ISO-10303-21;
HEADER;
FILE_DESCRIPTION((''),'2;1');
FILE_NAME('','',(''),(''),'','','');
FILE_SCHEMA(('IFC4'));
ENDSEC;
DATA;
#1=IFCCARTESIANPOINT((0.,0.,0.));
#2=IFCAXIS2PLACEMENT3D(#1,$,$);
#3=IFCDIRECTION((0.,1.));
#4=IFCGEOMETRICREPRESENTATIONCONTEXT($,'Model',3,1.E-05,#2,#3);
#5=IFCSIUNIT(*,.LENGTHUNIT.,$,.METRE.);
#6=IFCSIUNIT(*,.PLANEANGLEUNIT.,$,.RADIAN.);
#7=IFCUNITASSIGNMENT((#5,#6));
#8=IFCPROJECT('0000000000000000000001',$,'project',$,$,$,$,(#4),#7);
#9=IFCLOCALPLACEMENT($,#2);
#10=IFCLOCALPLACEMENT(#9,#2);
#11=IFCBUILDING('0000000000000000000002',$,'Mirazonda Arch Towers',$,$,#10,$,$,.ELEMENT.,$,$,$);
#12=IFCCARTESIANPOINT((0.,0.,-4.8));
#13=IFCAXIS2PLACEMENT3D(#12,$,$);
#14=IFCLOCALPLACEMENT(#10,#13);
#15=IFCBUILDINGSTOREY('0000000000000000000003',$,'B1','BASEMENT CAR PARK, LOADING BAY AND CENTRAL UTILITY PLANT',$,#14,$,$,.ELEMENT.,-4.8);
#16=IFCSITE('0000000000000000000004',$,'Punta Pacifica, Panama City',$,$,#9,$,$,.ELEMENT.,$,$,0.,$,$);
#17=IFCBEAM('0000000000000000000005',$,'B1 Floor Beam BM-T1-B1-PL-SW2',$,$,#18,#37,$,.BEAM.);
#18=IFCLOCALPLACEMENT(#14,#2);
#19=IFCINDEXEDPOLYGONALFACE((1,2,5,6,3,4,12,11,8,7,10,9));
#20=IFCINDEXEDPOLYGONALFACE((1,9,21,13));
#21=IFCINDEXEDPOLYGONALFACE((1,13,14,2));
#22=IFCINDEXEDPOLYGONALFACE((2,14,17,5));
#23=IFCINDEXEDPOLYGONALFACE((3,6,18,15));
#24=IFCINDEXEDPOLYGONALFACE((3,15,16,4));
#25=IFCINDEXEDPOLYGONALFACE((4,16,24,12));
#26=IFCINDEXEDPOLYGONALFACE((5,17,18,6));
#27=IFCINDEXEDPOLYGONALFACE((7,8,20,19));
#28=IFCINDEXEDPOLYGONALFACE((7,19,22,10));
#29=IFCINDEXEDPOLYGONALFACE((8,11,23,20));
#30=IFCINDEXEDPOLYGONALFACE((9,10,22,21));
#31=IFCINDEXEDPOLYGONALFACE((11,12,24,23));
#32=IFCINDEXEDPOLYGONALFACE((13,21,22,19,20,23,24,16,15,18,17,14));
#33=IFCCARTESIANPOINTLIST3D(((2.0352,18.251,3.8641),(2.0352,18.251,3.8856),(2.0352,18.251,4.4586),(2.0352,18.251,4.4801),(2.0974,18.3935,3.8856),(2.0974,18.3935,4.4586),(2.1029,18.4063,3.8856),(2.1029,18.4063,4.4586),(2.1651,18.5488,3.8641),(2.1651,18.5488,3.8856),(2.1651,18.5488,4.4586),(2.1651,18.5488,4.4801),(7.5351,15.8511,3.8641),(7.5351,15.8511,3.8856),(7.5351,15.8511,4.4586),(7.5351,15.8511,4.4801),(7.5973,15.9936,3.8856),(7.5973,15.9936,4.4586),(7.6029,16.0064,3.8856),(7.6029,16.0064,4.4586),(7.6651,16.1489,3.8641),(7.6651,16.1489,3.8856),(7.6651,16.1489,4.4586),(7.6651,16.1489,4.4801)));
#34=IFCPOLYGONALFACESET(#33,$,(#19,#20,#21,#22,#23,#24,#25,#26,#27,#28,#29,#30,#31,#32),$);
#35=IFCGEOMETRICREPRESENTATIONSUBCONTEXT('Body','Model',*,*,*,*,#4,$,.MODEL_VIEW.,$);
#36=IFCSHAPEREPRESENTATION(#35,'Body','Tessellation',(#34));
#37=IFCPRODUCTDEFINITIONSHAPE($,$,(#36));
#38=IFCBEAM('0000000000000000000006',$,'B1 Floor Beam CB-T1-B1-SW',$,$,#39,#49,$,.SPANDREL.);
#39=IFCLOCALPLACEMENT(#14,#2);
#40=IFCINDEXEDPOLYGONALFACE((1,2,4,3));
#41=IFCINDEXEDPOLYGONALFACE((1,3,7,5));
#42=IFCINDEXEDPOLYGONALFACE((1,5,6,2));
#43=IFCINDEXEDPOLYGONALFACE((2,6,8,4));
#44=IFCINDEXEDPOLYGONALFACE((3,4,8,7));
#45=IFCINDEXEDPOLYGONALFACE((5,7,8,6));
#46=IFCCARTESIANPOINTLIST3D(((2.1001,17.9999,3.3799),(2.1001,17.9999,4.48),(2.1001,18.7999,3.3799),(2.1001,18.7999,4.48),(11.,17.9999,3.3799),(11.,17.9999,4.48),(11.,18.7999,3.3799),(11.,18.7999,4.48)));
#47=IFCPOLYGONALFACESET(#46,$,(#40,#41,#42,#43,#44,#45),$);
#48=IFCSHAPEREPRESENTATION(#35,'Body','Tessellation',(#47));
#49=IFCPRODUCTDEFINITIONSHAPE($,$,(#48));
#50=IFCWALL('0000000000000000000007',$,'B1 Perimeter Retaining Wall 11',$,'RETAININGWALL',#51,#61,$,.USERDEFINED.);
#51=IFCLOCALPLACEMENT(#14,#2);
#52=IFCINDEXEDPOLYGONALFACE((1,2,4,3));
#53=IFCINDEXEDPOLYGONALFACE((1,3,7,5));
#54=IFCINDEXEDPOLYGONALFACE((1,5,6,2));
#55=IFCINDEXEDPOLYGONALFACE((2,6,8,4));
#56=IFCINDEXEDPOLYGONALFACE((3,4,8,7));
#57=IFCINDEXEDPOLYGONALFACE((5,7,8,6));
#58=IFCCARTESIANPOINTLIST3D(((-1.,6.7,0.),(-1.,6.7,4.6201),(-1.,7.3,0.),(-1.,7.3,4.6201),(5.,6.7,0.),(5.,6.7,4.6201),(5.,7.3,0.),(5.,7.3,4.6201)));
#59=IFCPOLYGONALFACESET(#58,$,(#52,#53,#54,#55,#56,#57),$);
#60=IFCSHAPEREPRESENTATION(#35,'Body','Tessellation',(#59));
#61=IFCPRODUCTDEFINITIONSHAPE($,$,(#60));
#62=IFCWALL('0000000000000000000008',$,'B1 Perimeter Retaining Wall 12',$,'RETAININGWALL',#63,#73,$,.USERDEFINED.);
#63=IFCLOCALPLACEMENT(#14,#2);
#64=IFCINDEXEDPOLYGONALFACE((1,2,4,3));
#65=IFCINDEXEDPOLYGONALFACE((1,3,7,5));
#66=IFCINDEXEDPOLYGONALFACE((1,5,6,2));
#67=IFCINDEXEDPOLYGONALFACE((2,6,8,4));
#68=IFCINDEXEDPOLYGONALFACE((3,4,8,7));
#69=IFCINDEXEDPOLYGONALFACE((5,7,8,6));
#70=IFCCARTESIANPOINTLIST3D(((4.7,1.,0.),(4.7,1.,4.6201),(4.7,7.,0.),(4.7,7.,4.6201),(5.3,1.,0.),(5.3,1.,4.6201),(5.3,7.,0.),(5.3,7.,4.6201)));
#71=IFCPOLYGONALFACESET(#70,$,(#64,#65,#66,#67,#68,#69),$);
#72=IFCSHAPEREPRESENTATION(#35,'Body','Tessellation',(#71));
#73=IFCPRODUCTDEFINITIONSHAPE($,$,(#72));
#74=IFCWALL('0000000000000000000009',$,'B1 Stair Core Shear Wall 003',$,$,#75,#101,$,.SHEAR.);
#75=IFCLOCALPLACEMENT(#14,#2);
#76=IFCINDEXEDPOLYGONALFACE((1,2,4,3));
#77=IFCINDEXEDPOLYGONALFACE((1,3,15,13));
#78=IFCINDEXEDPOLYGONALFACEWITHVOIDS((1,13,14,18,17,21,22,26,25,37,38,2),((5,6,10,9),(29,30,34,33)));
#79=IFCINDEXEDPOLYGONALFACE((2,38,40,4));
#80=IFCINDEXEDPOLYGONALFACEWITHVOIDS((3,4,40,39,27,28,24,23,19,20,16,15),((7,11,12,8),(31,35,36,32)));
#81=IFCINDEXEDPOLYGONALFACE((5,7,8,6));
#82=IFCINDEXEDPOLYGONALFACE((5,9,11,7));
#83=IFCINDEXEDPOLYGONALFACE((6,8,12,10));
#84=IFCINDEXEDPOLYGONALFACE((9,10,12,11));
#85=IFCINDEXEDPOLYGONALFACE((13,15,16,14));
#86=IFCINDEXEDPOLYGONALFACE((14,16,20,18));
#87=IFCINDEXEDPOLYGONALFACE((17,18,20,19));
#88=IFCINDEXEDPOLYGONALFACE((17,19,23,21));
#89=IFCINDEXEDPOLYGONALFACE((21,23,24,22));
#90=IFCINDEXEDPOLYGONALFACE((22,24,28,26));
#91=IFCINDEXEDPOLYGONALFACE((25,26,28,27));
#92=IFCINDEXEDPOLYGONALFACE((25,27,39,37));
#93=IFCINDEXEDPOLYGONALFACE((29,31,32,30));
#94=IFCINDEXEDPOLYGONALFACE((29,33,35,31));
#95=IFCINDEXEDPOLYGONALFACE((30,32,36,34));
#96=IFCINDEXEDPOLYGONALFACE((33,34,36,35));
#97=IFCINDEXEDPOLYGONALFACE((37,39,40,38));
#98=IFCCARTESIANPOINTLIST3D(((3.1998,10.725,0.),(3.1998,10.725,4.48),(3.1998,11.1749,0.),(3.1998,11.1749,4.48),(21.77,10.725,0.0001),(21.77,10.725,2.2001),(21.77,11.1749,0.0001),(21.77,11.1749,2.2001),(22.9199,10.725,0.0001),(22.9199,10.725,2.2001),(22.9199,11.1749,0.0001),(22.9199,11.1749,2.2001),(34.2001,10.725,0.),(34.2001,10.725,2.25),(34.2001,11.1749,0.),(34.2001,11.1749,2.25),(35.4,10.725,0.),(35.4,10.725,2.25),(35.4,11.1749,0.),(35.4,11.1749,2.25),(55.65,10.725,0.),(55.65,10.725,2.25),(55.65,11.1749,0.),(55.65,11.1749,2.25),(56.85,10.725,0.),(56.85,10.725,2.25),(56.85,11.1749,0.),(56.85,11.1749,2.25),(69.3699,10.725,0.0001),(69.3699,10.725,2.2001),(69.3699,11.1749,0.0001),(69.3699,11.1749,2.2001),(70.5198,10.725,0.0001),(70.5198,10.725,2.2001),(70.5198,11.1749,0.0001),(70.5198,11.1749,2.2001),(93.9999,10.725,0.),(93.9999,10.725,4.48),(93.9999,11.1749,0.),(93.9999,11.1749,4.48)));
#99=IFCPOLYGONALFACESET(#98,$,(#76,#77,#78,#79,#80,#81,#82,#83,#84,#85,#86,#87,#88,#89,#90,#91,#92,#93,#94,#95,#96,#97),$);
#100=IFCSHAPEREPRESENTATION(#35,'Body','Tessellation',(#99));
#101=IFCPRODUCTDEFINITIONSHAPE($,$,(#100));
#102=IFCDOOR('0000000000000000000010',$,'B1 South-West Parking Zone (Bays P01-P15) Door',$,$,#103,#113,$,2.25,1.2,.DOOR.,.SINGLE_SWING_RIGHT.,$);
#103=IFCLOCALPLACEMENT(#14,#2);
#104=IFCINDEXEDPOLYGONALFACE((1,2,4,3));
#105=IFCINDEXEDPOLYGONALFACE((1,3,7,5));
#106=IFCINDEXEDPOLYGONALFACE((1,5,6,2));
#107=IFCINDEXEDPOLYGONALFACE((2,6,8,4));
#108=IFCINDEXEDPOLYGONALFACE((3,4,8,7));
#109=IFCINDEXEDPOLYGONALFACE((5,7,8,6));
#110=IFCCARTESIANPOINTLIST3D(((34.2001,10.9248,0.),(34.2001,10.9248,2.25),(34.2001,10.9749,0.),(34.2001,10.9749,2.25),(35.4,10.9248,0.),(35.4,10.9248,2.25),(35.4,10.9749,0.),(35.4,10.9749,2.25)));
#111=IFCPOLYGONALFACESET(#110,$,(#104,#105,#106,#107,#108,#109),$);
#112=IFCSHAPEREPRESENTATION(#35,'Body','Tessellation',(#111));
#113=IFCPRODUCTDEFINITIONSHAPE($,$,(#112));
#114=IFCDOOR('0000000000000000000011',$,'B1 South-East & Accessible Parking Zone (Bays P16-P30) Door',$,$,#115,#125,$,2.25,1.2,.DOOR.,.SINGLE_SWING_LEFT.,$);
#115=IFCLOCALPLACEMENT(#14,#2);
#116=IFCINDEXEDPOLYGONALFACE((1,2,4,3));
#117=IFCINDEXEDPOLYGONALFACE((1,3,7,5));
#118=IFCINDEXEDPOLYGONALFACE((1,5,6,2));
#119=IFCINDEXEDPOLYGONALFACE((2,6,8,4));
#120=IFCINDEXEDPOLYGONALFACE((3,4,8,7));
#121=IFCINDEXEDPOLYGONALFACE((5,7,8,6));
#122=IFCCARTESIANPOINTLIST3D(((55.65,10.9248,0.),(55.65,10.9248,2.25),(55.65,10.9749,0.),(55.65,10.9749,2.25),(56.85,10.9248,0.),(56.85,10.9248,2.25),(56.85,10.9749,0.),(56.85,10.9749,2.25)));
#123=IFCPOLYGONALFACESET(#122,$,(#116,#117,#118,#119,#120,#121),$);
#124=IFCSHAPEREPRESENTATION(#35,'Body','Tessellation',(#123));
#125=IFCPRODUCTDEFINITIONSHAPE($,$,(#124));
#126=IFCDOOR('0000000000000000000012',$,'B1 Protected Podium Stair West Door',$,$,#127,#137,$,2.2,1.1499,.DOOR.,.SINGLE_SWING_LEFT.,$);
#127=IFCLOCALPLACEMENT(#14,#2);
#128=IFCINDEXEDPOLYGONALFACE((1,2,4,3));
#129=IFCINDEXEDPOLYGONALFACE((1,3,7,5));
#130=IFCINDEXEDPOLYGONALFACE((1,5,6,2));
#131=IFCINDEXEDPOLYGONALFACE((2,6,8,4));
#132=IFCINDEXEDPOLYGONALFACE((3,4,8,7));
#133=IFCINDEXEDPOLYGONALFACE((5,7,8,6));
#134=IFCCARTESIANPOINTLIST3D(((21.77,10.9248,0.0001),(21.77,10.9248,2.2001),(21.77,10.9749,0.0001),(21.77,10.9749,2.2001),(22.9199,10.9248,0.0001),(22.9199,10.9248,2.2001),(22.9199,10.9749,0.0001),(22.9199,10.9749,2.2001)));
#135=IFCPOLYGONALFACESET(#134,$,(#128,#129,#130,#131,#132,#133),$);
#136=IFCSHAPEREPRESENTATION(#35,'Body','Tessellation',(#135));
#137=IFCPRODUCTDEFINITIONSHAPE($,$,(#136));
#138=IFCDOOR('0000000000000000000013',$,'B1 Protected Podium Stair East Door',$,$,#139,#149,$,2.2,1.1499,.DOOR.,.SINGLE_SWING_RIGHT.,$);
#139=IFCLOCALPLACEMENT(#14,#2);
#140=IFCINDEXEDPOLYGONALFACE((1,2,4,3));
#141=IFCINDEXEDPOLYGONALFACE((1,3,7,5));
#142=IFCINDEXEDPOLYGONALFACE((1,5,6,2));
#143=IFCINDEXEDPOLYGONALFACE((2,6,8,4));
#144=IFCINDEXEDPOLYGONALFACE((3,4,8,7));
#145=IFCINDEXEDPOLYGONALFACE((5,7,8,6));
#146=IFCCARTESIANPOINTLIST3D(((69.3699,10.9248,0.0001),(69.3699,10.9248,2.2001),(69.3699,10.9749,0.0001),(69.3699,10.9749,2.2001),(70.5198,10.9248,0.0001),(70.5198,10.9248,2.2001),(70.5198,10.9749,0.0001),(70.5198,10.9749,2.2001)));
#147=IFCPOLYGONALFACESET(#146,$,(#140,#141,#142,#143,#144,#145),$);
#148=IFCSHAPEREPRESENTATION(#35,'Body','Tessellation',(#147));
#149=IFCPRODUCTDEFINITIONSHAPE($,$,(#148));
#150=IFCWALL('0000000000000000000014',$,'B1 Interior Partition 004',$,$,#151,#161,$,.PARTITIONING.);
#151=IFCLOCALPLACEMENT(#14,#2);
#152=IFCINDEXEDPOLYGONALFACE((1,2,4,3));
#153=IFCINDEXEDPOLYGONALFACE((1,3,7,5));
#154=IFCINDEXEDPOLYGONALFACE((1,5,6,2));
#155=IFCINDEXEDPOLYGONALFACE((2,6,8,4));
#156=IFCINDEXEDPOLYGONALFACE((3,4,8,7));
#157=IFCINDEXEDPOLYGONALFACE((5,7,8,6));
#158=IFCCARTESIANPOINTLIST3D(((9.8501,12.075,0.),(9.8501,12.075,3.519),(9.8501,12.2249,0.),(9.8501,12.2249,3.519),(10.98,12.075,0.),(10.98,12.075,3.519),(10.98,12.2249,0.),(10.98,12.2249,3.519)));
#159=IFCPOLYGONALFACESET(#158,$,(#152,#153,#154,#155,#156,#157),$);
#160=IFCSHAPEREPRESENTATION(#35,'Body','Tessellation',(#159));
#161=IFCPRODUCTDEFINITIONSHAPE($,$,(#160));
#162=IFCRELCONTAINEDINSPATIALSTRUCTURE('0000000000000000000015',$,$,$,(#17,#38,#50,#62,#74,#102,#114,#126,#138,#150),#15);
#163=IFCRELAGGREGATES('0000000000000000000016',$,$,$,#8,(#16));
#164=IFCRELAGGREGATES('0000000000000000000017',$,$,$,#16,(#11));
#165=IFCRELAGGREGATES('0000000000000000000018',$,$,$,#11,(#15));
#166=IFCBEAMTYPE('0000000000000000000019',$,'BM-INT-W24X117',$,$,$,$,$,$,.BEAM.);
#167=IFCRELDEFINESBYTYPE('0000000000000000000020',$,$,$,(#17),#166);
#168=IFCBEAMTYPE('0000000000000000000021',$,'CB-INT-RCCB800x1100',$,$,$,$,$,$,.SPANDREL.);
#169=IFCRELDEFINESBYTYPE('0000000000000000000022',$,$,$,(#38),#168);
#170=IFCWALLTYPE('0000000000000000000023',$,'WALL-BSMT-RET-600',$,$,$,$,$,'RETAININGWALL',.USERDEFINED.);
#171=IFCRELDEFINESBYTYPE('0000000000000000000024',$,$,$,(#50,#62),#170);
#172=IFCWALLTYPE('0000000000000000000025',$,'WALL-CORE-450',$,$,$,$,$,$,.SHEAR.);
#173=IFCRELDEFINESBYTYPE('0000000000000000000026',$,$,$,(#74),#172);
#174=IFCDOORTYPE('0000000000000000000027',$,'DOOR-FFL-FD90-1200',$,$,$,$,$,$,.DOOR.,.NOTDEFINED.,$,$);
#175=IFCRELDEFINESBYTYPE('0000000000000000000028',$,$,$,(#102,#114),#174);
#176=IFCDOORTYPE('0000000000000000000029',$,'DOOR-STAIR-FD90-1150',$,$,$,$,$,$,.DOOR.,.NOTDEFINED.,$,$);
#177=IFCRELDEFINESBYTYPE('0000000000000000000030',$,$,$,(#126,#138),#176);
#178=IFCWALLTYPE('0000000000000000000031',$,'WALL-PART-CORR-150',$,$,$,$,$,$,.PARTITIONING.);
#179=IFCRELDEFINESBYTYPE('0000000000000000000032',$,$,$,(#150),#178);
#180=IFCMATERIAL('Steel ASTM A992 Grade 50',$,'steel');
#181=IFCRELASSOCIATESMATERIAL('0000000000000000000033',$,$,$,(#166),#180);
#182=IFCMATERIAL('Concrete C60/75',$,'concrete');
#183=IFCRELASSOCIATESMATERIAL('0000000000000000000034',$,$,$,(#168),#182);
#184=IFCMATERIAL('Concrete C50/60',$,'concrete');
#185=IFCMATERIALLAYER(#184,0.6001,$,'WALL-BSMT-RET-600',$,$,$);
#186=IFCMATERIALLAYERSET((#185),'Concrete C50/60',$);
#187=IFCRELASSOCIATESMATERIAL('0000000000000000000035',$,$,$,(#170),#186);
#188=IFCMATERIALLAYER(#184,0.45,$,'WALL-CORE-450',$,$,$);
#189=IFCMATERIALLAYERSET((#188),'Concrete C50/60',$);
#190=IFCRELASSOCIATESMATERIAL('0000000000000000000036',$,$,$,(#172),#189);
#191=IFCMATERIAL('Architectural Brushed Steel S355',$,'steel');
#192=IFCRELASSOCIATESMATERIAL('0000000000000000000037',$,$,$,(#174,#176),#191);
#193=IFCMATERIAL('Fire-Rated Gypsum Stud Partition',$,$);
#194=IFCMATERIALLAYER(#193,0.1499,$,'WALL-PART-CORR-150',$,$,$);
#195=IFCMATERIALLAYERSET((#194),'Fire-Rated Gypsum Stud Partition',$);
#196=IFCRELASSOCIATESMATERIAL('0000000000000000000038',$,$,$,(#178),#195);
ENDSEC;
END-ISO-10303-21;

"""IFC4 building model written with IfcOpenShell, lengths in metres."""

from ifc_helpers import new_model, si_unit, direction, frame, frame_2d, origin, origin_2d, place, context, subcontext, project, spatial, rectangle, i_section, extrude, material, layer, layer_set, material_profile, profile_set, type_object, element, fill, save


model = new_model("IFC4")

# Units and contexts
model_context = context("Model", 3, precision=1e-05, world=origin(), true_north=direction((0.0, 1.0)))
body_context = subcontext(model_context, "Body", "Model", "MODEL_VIEW")
ifc_project = project(units=[si_unit("LENGTHUNIT", "METRE"), si_unit("PLANEANGLEUNIT", "RADIAN")], contexts=[model_context])

# Site, building, storey
site_placement = place(None, origin())
site = spatial("IfcSite", under=ifc_project, at=site_placement, Name="Punta Pacifica, Panama City", CompositionType="ELEMENT", RefElevation=0.0)
building_placement = place(site_placement, origin())
building = spatial("IfcBuilding", under=site, at=building_placement, Name="Mirazonda Arch Towers", CompositionType="ELEMENT")
storey_placement = place(building_placement, frame((0.0, 0.0, -4.8)))
storey = spatial("IfcBuildingStorey", under=building, at=storey_placement, Name="B1", Description="BASEMENT CAR PARK, LOADING BAY AND CENTRAL UTILITY PLANT", CompositionType="ELEMENT", Elevation=-4.8)

# Shared definitions
ifc_material_1 = material(Name="Concrete C50/60", Category="concrete")

# Shared definitions
ifc_material_2 = material(Name="Concrete C60/75", Category="concrete")

# Beams
ifc_material_3 = material(Name="Steel ASTM A992 Grade 50", Category="steel")
ifc_material_profile_1 = material_profile(ifc_material_3, i_section(OverallWidth=0.325, OverallDepth=0.616, WebThickness=0.0139, FlangeThickness=0.0215, at=origin_2d()), Name="W24X117")
ifc_profile_set_1 = profile_set([ifc_material_profile_1], Name="Steel ASTM A992 Grade 50")
beam_type_1 = type_object("IfcBeamType", Name="BM-INT-W24X117", PredefinedType="BEAM", material=ifc_profile_set_1)
beam_1_placement = place(storey_placement, frame((7.6001, 16.0, 4.1721), z_axis=(-0.916545, 0.399931, 0.0), x_axis=(-0.399931, -0.916545, 0.0)))
element("IfcBeam", 1, at=beam_1_placement, inside=storey, type_object=beam_type_1, Name="B1 Floor Beam BM-T1-B1-PL-SW2", PredefinedType="BEAM", context=body_context, shape_type="SweptSolid", body=[
    extrude(i_section(OverallWidth=0.325, OverallDepth=0.616, WebThickness=0.0139, FlangeThickness=0.0215, at=origin_2d()), origin(), (0.0, 0.0, 1.0), 6.0007),
])
ifc_material_profile_2 = material_profile(ifc_material_2, rectangle(XDim=0.8, YDim=1.1001, at=origin_2d()), Name="RCCB800x1100")
ifc_profile_set_2 = profile_set([ifc_material_profile_2], Name="Concrete C60/75")
beam_type_2 = type_object("IfcBeamType", Name="CB-INT-RCCB800x1100", PredefinedType="SPANDREL", material=ifc_profile_set_2)
beam_2_placement = place(storey_placement, frame((2.1001, 18.3999, 3.9299), z_axis=(1.0, 0.0, 0.0), x_axis=(0.0, 1.0, 0.0)))
element("IfcBeam", 2, at=beam_2_placement, inside=storey, type_object=beam_type_2, Name="B1 Floor Beam CB-T1-B1-SW", PredefinedType="SPANDREL", context=body_context, shape_type="SweptSolid", body=[
    extrude(rectangle(XDim=0.8, YDim=1.1001, at=origin_2d()), origin(), (0.0, 0.0, 1.0), 8.8999),
])

# Walls
ifc_layer_1 = layer(ifc_material_1, 0.6001, Name="WALL-BSMT-RET-600")
ifc_layer_set_1 = layer_set([ifc_layer_1], Name="Concrete C50/60")
wall_type_1 = type_object("IfcWallType", Name="WALL-BSMT-RET-600", ElementType="RETAININGWALL", PredefinedType="USERDEFINED", material=ifc_layer_set_1)
for number, where, z_axis, x_axis, name in (
    (3, (-1.0, 7.0, 0.0), (0.0, 0.0, 1.0), (1.0, 0.0, 0.0), "B1 Perimeter Retaining Wall 11"),
    (4, (5.0, 7.0, 0.0), (0.0, 0.0, 1.0), (0.0, -1.0, 0.0), "B1 Perimeter Retaining Wall 12"),
):
    element("IfcWall", number, at=place(storey_placement, frame(where, z_axis=z_axis, x_axis=x_axis)), inside=storey, type_object=wall_type_1, Name=name, ObjectType="RETAININGWALL", PredefinedType="USERDEFINED", context=body_context, shape_type="SweptSolid", body=[
        extrude(rectangle(XDim=6.0, YDim=0.6001, at=frame_2d((3.0, 0.0))), origin(), (0.0, 0.0, 1.0), 4.6201),
    ])

# Wall, openings, doors
ifc_layer_2 = layer(ifc_material_1, 0.45, Name="WALL-CORE-450")
ifc_layer_set_2 = layer_set([ifc_layer_2], Name="Concrete C50/60")
wall_type_2 = type_object("IfcWallType", Name="WALL-CORE-450", PredefinedType="SHEAR", material=ifc_layer_set_2)
wall_1_placement = place(storey_placement, frame((3.2, 10.95, 0.0), z_axis=(0.0, 0.0, 1.0), x_axis=(1.0, 0.0, 0.0)))
wall_1 = element("IfcWall", 5, at=wall_1_placement, inside=storey, type_object=wall_type_2, Name="B1 Stair Core Shear Wall 003", PredefinedType="SHEAR", context=body_context, shape_type="SweptSolid", body=[
    extrude(rectangle(XDim=90.8, YDim=0.45, at=frame_2d((45.3999, 0.0))), origin(), (0.0, 0.0, 1.0), 4.48),
])
opening_1_placement = place(wall_1_placement, frame((18.5701, 0.0, 0.0)))
opening_1 = element("IfcOpeningElement", 6, at=opening_1_placement, cuts=wall_1, PredefinedType="OPENING", context=body_context, shape_type="SweptSolid", body=[
    extrude(rectangle(XDim=1.1499, YDim=2.2, at=frame_2d((0.575, 1.1001))), frame((0.0, 0.2349, 0.0), z_axis=(0.0, -1.0, 0.0), x_axis=(1.0, 0.0, 0.0)), (0.0, 0.0, 1.0), 0.47),
])
opening_2_placement = place(wall_1_placement, frame((66.1699, 0.0, 0.0)))
opening_2 = element("IfcOpeningElement", 7, at=opening_2_placement, cuts=wall_1, PredefinedType="OPENING", context=body_context, shape_type="SweptSolid", body=[
    extrude(rectangle(XDim=1.1499, YDim=2.2, at=frame_2d((0.575, 1.1001))), frame((0.0, 0.2349, 0.0), z_axis=(0.0, -1.0, 0.0), x_axis=(1.0, 0.0, 0.0)), (0.0, 0.0, 1.0), 0.47),
])
opening_3_placement = place(wall_1_placement, frame((31.0, 0.0, 0.0)))
opening_3 = element("IfcOpeningElement", 8, at=opening_3_placement, cuts=wall_1, PredefinedType="OPENING", context=body_context, shape_type="SweptSolid", body=[
    extrude(rectangle(XDim=1.2, YDim=2.25, at=frame_2d((0.6001, 1.125))), frame((0.0, 0.2349, 0.0), z_axis=(0.0, -1.0, 0.0), x_axis=(1.0, 0.0, 0.0)), (0.0, 0.0, 1.0), 0.47),
])
opening_4_placement = place(wall_1_placement, frame((52.45, 0.0, 0.0)))
opening_4 = element("IfcOpeningElement", 9, at=opening_4_placement, cuts=wall_1, PredefinedType="OPENING", context=body_context, shape_type="SweptSolid", body=[
    extrude(rectangle(XDim=1.2, YDim=2.25, at=frame_2d((0.6001, 1.125))), frame((0.0, 0.2349, 0.0), z_axis=(0.0, -1.0, 0.0), x_axis=(1.0, 0.0, 0.0)), (0.0, 0.0, 1.0), 0.47),
])
ifc_material_4 = material(Name="Architectural Brushed Steel S355", Category="steel")
door_type_1 = type_object("IfcDoorType", Name="DOOR-FFL-FD90-1200", OperationType="NOTDEFINED", PredefinedType="DOOR", material=ifc_material_4)
door_1_placement = place(opening_3_placement, origin())
door_1 = element("IfcDoor", 10, at=door_1_placement, inside=storey, type_object=door_type_1, Name="B1 South-West Parking Zone (Bays P01-P15) Door", OperationType="SINGLE_SWING_RIGHT", OverallHeight=2.25, OverallWidth=1.2, PredefinedType="DOOR", context=body_context, shape_type="SweptSolid", body=[
    extrude(rectangle(XDim=1.2, YDim=2.25, at=frame_2d((0.6001, 1.125))), frame((0.0, 0.0249, 0.0), z_axis=(0.0, -1.0, 0.0), x_axis=(1.0, 0.0, 0.0)), (0.0, 0.0, 1.0), 0.05),
])
fill(opening_3, door_1)
door_2_placement = place(opening_4_placement, origin())
door_2 = element("IfcDoor", 11, at=door_2_placement, inside=storey, type_object=door_type_1, Name="B1 South-East & Accessible Parking Zone (Bays P16-P30) Door", OperationType="SINGLE_SWING_LEFT", OverallHeight=2.25, OverallWidth=1.2, PredefinedType="DOOR", context=body_context, shape_type="SweptSolid", body=[
    extrude(rectangle(XDim=1.2, YDim=2.25, at=frame_2d((0.6001, 1.125))), frame((0.0, 0.0249, 0.0), z_axis=(0.0, -1.0, 0.0), x_axis=(1.0, 0.0, 0.0)), (0.0, 0.0, 1.0), 0.05),
])
fill(opening_4, door_2)
door_type_2 = type_object("IfcDoorType", Name="DOOR-STAIR-FD90-1150", OperationType="NOTDEFINED", PredefinedType="DOOR", material=ifc_material_4)
door_3_placement = place(opening_1_placement, origin())
door_3 = element("IfcDoor", 12, at=door_3_placement, inside=storey, type_object=door_type_2, Name="B1 Protected Podium Stair West Door", OperationType="SINGLE_SWING_LEFT", OverallHeight=2.2, OverallWidth=1.1499, PredefinedType="DOOR", context=body_context, shape_type="SweptSolid", body=[
    extrude(rectangle(XDim=1.1499, YDim=2.2, at=frame_2d((0.575, 1.1001))), frame((0.0, 0.0249, 0.0), z_axis=(0.0, -1.0, 0.0), x_axis=(1.0, 0.0, 0.0)), (0.0, 0.0, 1.0), 0.05),
])
fill(opening_1, door_3)
door_4_placement = place(opening_2_placement, origin())
door_4 = element("IfcDoor", 13, at=door_4_placement, inside=storey, type_object=door_type_2, Name="B1 Protected Podium Stair East Door", OperationType="SINGLE_SWING_RIGHT", OverallHeight=2.2, OverallWidth=1.1499, PredefinedType="DOOR", context=body_context, shape_type="SweptSolid", body=[
    extrude(rectangle(XDim=1.1499, YDim=2.2, at=frame_2d((0.575, 1.1001))), frame((0.0, 0.0249, 0.0), z_axis=(0.0, -1.0, 0.0), x_axis=(1.0, 0.0, 0.0)), (0.0, 0.0, 1.0), 0.05),
])
fill(opening_2, door_4)

# Wall
ifc_material_5 = material(Name="Fire-Rated Gypsum Stud Partition")
ifc_layer_3 = layer(ifc_material_5, 0.1499, Name="WALL-PART-CORR-150")
ifc_layer_set_3 = layer_set([ifc_layer_3], Name="Fire-Rated Gypsum Stud Partition")
wall_type_3 = type_object("IfcWallType", Name="WALL-PART-CORR-150", PredefinedType="PARTITIONING", material=ifc_layer_set_3)
wall_2_placement = place(storey_placement, frame((9.8501, 12.1499, 0.0), z_axis=(0.0, 0.0, 1.0), x_axis=(1.0, 0.0, 0.0)))
element("IfcWall", 14, at=wall_2_placement, inside=storey, type_object=wall_type_3, Name="B1 Interior Partition 004", PredefinedType="PARTITIONING", context=body_context, shape_type="SweptSolid", body=[
    extrude(rectangle(XDim=1.1299, YDim=0.1499, at=frame_2d((0.5649, 0.0))), origin(), (0.0, 0.0, 1.0), 3.519),
])

save(model, "model.ifc")
